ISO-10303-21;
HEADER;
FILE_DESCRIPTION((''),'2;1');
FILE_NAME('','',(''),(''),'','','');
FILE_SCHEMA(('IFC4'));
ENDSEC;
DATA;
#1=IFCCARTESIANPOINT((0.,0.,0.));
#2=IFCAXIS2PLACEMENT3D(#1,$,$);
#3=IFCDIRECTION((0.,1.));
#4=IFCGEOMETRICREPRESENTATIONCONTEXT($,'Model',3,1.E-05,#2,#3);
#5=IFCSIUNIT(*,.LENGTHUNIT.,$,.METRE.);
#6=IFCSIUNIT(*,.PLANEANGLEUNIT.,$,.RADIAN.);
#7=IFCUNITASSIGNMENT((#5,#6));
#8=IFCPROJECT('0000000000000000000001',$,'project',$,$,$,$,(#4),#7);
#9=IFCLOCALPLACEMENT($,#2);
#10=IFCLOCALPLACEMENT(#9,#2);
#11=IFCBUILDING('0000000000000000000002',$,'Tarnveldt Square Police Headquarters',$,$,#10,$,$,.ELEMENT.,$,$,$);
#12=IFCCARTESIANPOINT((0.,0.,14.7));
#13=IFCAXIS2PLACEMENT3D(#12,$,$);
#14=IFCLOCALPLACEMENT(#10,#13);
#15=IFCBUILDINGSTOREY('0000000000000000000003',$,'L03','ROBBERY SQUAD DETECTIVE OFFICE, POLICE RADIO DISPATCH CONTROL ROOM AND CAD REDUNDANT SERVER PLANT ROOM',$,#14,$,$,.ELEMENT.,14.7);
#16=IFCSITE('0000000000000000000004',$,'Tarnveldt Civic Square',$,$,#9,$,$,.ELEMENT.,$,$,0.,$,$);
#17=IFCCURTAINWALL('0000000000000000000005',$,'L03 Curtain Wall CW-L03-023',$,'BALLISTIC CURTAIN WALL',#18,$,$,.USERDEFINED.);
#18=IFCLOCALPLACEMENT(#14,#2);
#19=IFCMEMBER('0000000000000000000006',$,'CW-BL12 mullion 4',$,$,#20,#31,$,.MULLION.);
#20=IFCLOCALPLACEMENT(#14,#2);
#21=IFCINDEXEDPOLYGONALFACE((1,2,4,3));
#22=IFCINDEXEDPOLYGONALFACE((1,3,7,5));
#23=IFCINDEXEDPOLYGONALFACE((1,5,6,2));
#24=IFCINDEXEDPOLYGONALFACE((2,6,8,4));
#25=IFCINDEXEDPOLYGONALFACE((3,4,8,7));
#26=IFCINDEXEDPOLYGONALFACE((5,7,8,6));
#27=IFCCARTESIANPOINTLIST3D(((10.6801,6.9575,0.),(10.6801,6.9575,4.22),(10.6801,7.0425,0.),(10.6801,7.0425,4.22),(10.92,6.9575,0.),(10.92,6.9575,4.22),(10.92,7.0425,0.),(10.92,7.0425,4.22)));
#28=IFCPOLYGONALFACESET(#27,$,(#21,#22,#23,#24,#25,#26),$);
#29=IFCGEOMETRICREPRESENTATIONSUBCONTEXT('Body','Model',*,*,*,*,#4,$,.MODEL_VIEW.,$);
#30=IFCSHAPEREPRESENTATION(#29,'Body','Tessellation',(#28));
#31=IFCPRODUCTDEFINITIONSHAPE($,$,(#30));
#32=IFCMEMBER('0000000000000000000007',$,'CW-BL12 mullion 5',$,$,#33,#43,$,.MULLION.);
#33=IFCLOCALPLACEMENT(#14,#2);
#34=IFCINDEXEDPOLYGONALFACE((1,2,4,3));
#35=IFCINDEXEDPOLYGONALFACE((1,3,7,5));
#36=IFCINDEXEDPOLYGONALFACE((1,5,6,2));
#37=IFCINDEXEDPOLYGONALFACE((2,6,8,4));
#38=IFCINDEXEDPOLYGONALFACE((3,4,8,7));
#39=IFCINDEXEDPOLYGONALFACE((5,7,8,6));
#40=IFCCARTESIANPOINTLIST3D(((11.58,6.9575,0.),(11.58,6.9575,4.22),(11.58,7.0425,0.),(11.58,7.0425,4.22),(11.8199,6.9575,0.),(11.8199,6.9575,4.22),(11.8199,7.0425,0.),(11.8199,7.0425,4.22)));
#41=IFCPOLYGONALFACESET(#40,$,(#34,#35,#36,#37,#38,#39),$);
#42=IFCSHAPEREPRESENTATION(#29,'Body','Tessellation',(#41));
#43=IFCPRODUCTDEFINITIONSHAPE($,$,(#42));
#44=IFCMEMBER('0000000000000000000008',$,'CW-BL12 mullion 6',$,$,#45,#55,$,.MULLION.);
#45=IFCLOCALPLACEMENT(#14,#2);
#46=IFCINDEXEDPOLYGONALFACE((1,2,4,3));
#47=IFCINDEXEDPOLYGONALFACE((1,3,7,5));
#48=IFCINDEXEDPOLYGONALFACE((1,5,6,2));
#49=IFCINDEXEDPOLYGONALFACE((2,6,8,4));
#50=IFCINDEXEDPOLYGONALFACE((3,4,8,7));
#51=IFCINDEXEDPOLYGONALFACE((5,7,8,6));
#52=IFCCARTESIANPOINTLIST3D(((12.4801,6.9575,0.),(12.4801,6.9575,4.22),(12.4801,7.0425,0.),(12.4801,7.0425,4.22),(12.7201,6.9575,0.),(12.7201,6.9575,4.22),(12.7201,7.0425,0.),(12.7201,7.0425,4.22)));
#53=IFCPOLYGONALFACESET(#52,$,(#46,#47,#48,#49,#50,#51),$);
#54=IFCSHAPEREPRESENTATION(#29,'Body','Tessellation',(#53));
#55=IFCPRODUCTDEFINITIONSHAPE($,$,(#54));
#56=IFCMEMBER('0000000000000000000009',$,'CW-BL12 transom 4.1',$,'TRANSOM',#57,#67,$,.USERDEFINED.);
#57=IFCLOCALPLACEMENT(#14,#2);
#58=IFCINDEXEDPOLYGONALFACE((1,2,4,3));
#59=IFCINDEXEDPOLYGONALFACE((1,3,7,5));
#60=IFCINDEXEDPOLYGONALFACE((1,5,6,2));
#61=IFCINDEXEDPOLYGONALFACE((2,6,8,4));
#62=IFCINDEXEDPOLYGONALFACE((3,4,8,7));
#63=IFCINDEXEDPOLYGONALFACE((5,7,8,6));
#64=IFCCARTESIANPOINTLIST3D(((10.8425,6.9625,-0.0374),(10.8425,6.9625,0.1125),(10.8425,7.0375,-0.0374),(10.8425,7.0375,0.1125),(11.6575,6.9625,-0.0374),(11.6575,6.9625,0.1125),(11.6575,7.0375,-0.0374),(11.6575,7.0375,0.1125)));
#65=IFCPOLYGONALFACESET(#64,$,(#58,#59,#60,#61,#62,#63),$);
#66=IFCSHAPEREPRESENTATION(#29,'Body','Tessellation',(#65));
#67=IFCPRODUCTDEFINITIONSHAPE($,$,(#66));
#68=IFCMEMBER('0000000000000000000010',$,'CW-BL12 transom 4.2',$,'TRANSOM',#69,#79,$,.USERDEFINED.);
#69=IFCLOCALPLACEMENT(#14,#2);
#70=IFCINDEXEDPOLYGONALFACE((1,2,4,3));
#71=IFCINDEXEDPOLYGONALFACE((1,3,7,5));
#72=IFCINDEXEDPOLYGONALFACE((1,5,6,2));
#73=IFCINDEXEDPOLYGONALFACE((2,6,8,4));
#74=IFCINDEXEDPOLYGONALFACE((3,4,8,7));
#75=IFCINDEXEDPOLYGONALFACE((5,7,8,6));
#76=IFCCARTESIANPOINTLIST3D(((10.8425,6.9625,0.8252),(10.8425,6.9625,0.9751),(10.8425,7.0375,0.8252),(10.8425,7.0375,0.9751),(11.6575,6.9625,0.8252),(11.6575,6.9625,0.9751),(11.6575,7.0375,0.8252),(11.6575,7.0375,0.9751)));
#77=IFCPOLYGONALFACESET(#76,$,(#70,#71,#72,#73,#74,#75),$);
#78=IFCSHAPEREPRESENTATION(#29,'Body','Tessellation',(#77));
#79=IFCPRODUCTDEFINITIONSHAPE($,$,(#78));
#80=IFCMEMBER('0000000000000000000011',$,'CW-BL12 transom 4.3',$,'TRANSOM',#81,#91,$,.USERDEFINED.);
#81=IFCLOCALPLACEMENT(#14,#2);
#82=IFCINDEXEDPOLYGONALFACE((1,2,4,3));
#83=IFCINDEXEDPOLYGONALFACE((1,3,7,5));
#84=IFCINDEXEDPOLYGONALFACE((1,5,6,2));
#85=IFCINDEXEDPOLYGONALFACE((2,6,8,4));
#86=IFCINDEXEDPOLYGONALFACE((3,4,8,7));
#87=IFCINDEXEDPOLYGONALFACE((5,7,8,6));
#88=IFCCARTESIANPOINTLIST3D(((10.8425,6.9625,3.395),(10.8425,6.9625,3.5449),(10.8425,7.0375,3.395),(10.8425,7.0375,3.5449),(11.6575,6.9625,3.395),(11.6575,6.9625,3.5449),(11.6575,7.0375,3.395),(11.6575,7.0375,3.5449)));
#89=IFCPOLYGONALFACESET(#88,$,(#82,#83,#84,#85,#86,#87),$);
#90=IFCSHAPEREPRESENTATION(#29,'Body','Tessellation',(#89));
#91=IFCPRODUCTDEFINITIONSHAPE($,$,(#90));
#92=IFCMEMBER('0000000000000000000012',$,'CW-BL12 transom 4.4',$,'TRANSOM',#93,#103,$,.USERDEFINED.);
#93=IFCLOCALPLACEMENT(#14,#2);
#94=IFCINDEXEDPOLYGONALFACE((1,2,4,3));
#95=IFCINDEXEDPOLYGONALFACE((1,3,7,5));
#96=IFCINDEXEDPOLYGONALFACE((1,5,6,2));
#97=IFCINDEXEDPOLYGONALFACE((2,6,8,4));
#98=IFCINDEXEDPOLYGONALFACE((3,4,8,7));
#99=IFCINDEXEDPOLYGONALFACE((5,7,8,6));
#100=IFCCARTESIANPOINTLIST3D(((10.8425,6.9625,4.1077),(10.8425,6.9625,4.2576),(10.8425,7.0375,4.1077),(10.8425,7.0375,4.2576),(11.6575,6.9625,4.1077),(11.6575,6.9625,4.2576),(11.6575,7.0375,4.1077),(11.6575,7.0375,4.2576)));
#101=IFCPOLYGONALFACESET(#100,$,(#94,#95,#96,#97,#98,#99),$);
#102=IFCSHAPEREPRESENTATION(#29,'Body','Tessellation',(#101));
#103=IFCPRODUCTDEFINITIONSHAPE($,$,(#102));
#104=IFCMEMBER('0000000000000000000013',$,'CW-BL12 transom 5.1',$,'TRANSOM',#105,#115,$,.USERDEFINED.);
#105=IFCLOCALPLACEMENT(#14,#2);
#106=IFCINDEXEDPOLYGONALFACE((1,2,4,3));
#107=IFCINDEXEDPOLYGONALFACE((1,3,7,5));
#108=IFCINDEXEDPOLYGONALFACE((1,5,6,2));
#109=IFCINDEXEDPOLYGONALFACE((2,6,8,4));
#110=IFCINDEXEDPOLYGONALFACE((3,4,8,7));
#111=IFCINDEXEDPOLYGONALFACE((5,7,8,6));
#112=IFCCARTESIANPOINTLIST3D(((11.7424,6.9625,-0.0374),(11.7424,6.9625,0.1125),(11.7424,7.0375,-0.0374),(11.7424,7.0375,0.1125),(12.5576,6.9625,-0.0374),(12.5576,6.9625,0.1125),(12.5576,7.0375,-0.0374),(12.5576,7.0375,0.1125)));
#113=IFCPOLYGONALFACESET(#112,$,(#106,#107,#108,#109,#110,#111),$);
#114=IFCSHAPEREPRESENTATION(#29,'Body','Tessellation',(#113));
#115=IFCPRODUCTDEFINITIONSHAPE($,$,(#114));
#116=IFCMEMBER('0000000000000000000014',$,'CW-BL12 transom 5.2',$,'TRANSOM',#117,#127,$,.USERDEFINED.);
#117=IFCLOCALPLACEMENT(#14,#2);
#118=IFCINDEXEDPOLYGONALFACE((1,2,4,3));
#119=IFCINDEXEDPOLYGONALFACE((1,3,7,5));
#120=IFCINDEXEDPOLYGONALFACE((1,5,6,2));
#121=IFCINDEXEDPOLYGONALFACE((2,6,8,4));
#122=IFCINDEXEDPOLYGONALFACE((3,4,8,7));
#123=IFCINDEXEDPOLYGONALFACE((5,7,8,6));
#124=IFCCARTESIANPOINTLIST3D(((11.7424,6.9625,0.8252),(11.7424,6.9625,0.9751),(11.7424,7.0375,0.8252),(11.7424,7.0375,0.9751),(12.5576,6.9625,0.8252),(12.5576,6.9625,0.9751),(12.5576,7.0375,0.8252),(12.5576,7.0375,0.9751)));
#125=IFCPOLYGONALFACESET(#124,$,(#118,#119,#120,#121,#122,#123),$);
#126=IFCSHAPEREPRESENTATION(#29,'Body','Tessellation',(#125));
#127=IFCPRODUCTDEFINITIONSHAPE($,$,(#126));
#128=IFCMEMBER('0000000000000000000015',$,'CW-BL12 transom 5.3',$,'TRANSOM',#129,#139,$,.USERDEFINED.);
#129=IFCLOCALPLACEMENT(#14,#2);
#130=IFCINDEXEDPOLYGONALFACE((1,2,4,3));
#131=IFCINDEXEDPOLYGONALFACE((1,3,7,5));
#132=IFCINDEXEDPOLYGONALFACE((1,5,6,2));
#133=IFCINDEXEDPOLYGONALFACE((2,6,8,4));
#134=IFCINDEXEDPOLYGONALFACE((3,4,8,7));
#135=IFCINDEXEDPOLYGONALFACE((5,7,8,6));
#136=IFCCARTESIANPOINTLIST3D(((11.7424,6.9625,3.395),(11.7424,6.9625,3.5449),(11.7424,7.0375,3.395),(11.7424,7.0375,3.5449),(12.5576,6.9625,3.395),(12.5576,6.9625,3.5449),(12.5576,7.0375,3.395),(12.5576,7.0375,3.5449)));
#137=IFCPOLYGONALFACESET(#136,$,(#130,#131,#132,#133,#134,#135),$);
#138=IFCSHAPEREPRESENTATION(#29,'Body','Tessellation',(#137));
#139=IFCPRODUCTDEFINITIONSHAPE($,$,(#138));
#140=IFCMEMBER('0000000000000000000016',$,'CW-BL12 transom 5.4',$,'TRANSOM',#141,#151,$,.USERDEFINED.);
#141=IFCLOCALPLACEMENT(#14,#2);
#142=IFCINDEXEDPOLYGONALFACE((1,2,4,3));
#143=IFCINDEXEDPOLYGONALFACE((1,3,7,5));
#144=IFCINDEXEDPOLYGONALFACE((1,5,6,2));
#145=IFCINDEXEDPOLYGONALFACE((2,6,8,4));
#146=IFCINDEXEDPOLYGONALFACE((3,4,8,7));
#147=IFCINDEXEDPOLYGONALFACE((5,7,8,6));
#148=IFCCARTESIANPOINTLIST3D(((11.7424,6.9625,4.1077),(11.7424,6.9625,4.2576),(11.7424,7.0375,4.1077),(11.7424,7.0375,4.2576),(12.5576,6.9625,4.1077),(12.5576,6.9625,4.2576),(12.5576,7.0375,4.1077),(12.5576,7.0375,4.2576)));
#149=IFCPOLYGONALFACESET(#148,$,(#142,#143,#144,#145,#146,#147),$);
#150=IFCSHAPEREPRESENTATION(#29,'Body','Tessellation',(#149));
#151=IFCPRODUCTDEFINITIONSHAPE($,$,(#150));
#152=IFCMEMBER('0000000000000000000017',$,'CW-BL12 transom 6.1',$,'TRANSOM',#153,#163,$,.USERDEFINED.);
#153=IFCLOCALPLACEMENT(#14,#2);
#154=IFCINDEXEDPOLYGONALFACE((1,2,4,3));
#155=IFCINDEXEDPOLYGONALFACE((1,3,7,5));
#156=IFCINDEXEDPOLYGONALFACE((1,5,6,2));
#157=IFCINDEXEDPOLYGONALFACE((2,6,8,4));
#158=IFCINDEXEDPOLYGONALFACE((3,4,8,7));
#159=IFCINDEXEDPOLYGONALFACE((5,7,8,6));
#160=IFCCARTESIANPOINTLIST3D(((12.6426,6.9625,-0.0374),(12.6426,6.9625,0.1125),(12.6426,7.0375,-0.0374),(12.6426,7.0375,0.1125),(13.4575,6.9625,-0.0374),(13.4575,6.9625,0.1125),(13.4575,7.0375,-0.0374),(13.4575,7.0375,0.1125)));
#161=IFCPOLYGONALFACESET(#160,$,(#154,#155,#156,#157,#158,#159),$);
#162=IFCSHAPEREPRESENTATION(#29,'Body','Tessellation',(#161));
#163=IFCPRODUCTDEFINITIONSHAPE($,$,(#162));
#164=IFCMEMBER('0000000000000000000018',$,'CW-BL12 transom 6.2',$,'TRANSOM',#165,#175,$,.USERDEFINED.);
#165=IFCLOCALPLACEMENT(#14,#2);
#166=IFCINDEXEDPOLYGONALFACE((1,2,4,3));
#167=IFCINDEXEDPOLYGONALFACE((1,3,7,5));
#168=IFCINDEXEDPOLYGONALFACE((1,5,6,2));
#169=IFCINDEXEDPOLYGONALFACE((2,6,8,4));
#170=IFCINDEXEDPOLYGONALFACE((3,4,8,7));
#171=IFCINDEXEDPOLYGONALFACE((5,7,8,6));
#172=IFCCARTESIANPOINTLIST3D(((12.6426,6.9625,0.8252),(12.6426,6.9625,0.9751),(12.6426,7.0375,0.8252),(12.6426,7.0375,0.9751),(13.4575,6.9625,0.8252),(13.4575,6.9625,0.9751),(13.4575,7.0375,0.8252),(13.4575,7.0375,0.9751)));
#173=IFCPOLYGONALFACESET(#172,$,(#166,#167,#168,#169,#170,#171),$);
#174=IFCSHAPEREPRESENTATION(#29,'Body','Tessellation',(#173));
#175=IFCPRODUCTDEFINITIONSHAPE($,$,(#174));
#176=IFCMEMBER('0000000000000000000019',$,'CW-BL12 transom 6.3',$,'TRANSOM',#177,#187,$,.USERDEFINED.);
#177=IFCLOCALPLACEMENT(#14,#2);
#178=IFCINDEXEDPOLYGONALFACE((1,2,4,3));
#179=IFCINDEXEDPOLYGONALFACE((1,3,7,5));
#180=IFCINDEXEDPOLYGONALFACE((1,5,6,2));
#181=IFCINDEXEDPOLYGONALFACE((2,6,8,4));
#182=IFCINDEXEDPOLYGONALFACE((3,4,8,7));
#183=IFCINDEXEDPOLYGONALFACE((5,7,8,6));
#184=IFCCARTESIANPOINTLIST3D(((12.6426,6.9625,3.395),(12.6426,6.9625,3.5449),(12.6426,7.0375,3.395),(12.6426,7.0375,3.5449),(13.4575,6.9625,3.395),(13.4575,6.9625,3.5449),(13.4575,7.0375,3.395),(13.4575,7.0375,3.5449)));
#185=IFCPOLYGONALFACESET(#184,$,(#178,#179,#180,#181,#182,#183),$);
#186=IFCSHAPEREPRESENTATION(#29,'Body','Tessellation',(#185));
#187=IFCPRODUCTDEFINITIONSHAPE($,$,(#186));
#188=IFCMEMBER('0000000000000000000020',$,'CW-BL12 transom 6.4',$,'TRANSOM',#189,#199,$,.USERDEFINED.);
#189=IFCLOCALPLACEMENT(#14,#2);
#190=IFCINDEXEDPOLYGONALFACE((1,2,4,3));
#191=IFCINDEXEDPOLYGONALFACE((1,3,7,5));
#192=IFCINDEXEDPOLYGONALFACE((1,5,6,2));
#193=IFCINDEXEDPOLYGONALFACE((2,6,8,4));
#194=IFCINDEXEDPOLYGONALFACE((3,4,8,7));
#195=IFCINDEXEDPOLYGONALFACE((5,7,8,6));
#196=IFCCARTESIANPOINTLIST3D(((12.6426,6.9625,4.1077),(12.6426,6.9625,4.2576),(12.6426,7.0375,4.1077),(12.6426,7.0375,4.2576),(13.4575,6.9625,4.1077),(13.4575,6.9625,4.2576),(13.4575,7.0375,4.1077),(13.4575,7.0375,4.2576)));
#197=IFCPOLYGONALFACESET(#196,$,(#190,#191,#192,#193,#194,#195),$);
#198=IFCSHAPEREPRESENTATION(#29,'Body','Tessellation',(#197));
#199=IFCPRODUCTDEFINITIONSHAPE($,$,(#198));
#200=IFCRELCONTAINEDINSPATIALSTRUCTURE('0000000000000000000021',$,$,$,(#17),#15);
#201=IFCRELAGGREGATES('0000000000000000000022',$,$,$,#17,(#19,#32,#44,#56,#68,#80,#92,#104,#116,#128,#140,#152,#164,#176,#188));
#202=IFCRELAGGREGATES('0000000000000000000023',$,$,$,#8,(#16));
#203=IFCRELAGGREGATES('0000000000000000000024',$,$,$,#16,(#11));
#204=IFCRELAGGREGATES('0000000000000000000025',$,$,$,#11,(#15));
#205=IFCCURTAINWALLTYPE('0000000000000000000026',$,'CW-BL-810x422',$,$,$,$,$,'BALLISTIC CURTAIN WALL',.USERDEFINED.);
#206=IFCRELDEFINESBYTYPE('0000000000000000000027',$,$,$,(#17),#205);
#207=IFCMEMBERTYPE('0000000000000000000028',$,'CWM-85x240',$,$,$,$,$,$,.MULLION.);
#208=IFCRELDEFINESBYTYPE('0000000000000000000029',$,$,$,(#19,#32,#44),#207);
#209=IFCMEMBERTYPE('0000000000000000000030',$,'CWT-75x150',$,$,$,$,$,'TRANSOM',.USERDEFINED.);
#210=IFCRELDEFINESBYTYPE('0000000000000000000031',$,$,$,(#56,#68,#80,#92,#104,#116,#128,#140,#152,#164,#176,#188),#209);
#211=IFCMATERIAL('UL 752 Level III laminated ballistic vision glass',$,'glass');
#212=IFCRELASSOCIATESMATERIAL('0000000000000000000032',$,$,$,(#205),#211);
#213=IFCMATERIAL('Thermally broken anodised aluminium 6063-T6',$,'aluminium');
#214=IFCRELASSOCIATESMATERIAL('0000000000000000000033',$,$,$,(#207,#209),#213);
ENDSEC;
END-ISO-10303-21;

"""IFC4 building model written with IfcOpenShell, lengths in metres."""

from ifc_helpers import new_model, si_unit, direction, frame, origin, origin_2d, place, context, subcontext, project, spatial, rectangle, extrude, material, material_profile, profile_set, type_object, element, aggregate, save


model = new_model("IFC4")

# Units and contexts
model_context = context("Model", 3, precision=1e-05, world=origin(), true_north=direction((0.0, 1.0)))
body_context = subcontext(model_context, "Body", "Model", "MODEL_VIEW")
ifc_project = project(units=[si_unit("LENGTHUNIT", "METRE"), si_unit("PLANEANGLEUNIT", "RADIAN")], contexts=[model_context])

# Site, building, storey
site_placement = place(None, origin())
site = spatial("IfcSite", under=ifc_project, at=site_placement, Name="Tarnveldt Civic Square", CompositionType="ELEMENT", RefElevation=0.0)
building_placement = place(site_placement, origin())
building = spatial("IfcBuilding", under=site, at=building_placement, Name="Tarnveldt Square Police Headquarters", CompositionType="ELEMENT")
storey_placement = place(building_placement, frame((0.0, 0.0, 14.7)))
storey = spatial("IfcBuildingStorey", under=building, at=storey_placement, Name="L03", Description="ROBBERY SQUAD DETECTIVE OFFICE, POLICE RADIO DISPATCH CONTROL ROOM AND CAD REDUNDANT SERVER PLANT ROOM", CompositionType="ELEMENT", Elevation=14.7)

# Curtain wall, members
ifc_material_1 = material(Name="UL 752 Level III laminated ballistic vision glass", Category="glass")
curtain_wall_type_1 = type_object("IfcCurtainWallType", Name="CW-BL-810x422", ElementType="BALLISTIC CURTAIN WALL", PredefinedType="USERDEFINED", material=ifc_material_1)
curtain_wall_1_placement = place(storey_placement, origin())
curtain_wall_1 = element("IfcCurtainWall", 1, at=curtain_wall_1_placement, inside=storey, type_object=curtain_wall_type_1, Name="L03 Curtain Wall CW-L03-023", ObjectType="BALLISTIC CURTAIN WALL", PredefinedType="USERDEFINED")
ifc_material_2 = material(Name="Thermally broken anodised aluminium 6063-T6", Category="aluminium")
ifc_material_profile_1 = material_profile(ifc_material_2, rectangle(XDim=0.085, YDim=0.24, at=origin_2d()), Name="CW-M85x240")
ifc_profile_set_1 = profile_set([ifc_material_profile_1], Name="Thermally broken anodised aluminium 6063-T6")
member_type_1 = type_object("IfcMemberType", Name="CWM-85x240", PredefinedType="MULLION", material=ifc_profile_set_1)
member_1_placement = place(storey_placement, frame((10.8, 7.0, 0.0), z_axis=(0.0, 0.0, 1.0), x_axis=(0.0, 1.0, 0.0)))
member_1 = element("IfcMember", 2, at=member_1_placement, type_object=member_type_1, Name="CW-BL12 mullion 4", PredefinedType="MULLION", context=body_context, shape_type="SweptSolid", body=[
    extrude(rectangle(XDim=0.085, YDim=0.24, at=origin_2d()), origin(), (0.0, 0.0, 1.0), 4.22),
])
member_2_placement = place(storey_placement, frame((11.7, 7.0, 0.0), z_axis=(0.0, 0.0, 1.0), x_axis=(0.0, 1.0, 0.0)))
member_2 = element("IfcMember", 3, at=member_2_placement, type_object=member_type_1, Name="CW-BL12 mullion 5", PredefinedType="MULLION", context=body_context, shape_type="SweptSolid", body=[
    extrude(rectangle(XDim=0.085, YDim=0.24, at=origin_2d()), origin(), (0.0, 0.0, 1.0), 4.22),
])
member_3_placement = place(storey_placement, frame((12.6001, 7.0, 0.0), z_axis=(0.0, 0.0, 1.0), x_axis=(0.0, 1.0, 0.0)))
member_3 = element("IfcMember", 4, at=member_3_placement, type_object=member_type_1, Name="CW-BL12 mullion 6", PredefinedType="MULLION", context=body_context, shape_type="SweptSolid", body=[
    extrude(rectangle(XDim=0.085, YDim=0.24, at=origin_2d()), origin(), (0.0, 0.0, 1.0), 4.22),
])
ifc_material_profile_2 = material_profile(ifc_material_2, rectangle(XDim=0.075, YDim=0.1499, at=origin_2d()), Name="CW-T75x150")
ifc_profile_set_2 = profile_set([ifc_material_profile_2], Name="Thermally broken anodised aluminium 6063-T6")
member_type_2 = type_object("IfcMemberType", Name="CWT-75x150", ElementType="TRANSOM", PredefinedType="USERDEFINED", material=ifc_profile_set_2)
member_4_placement = place(storey_placement, frame((10.8425, 7.0, 0.0376), z_axis=(1.0, 0.0, 0.0), x_axis=(0.0, 1.0, 0.0)))
member_4 = element("IfcMember", 5, at=member_4_placement, type_object=member_type_2, Name="CW-BL12 transom 4.1", ObjectType="TRANSOM", PredefinedType="USERDEFINED", context=body_context, shape_type="SweptSolid", body=[
    extrude(rectangle(XDim=0.075, YDim=0.1499, at=origin_2d()), origin(), (0.0, 0.0, 1.0), 0.8149),
])
member_5_placement = place(storey_placement, frame((10.8425, 7.0, 0.9001), z_axis=(1.0, 0.0, 0.0), x_axis=(0.0, 1.0, 0.0)))
member_5 = element("IfcMember", 6, at=member_5_placement, type_object=member_type_2, Name="CW-BL12 transom 4.2", ObjectType="TRANSOM", PredefinedType="USERDEFINED", context=body_context, shape_type="SweptSolid", body=[
    extrude(rectangle(XDim=0.075, YDim=0.1499, at=origin_2d()), origin(), (0.0, 0.0, 1.0), 0.8149),
])
member_6_placement = place(storey_placement, frame((10.8425, 7.0, 3.47), z_axis=(1.0, 0.0, 0.0), x_axis=(0.0, 1.0, 0.0)))
member_6 = element("IfcMember", 7, at=member_6_placement, type_object=member_type_2, Name="CW-BL12 transom 4.3", ObjectType="TRANSOM", PredefinedType="USERDEFINED", context=body_context, shape_type="SweptSolid", body=[
    extrude(rectangle(XDim=0.075, YDim=0.1499, at=origin_2d()), origin(), (0.0, 0.0, 1.0), 0.8149),
])
member_7_placement = place(storey_placement, frame((10.8425, 7.0, 4.1826), z_axis=(1.0, 0.0, 0.0), x_axis=(0.0, 1.0, 0.0)))
member_7 = element("IfcMember", 8, at=member_7_placement, type_object=member_type_2, Name="CW-BL12 transom 4.4", ObjectType="TRANSOM", PredefinedType="USERDEFINED", context=body_context, shape_type="SweptSolid", body=[
    extrude(rectangle(XDim=0.075, YDim=0.1499, at=origin_2d()), origin(), (0.0, 0.0, 1.0), 0.8149),
])
member_8_placement = place(storey_placement, frame((11.7424, 7.0, 0.0376), z_axis=(1.0, 0.0, 0.0), x_axis=(0.0, 1.0, 0.0)))
member_8 = element("IfcMember", 9, at=member_8_placement, type_object=member_type_2, Name="CW-BL12 transom 5.1", ObjectType="TRANSOM", PredefinedType="USERDEFINED", context=body_context, shape_type="SweptSolid", body=[
    extrude(rectangle(XDim=0.075, YDim=0.1499, at=origin_2d()), origin(), (0.0, 0.0, 1.0), 0.8152),
])
member_9_placement = place(storey_placement, frame((11.7424, 7.0, 0.9001), z_axis=(1.0, 0.0, 0.0), x_axis=(0.0, 1.0, 0.0)))
member_9 = element("IfcMember", 10, at=member_9_placement, type_object=member_type_2, Name="CW-BL12 transom 5.2", ObjectType="TRANSOM", PredefinedType="USERDEFINED", context=body_context, shape_type="SweptSolid", body=[
    extrude(rectangle(XDim=0.075, YDim=0.1499, at=origin_2d()), origin(), (0.0, 0.0, 1.0), 0.8152),
])
member_10_placement = place(storey_placement, frame((11.7424, 7.0, 3.47), z_axis=(1.0, 0.0, 0.0), x_axis=(0.0, 1.0, 0.0)))
member_10 = element("IfcMember", 11, at=member_10_placement, type_object=member_type_2, Name="CW-BL12 transom 5.3", ObjectType="TRANSOM", PredefinedType="USERDEFINED", context=body_context, shape_type="SweptSolid", body=[
    extrude(rectangle(XDim=0.075, YDim=0.1499, at=origin_2d()), origin(), (0.0, 0.0, 1.0), 0.8152),
])
member_11_placement = place(storey_placement, frame((11.7424, 7.0, 4.1826), z_axis=(1.0, 0.0, 0.0), x_axis=(0.0, 1.0, 0.0)))
member_11 = element("IfcMember", 12, at=member_11_placement, type_object=member_type_2, Name="CW-BL12 transom 5.4", ObjectType="TRANSOM", PredefinedType="USERDEFINED", context=body_context, shape_type="SweptSolid", body=[
    extrude(rectangle(XDim=0.075, YDim=0.1499, at=origin_2d()), origin(), (0.0, 0.0, 1.0), 0.8152),
])
member_12_placement = place(storey_placement, frame((12.6426, 7.0, 0.0376), z_axis=(1.0, 0.0, 0.0), x_axis=(0.0, 1.0, 0.0)))
member_12 = element("IfcMember", 13, at=member_12_placement, type_object=member_type_2, Name="CW-BL12 transom 6.1", ObjectType="TRANSOM", PredefinedType="USERDEFINED", context=body_context, shape_type="SweptSolid", body=[
    extrude(rectangle(XDim=0.075, YDim=0.1499, at=origin_2d()), origin(), (0.0, 0.0, 1.0), 0.8149),
])
member_13_placement = place(storey_placement, frame((12.6426, 7.0, 0.9001), z_axis=(1.0, 0.0, 0.0), x_axis=(0.0, 1.0, 0.0)))
member_13 = element("IfcMember", 14, at=member_13_placement, type_object=member_type_2, Name="CW-BL12 transom 6.2", ObjectType="TRANSOM", PredefinedType="USERDEFINED", context=body_context, shape_type="SweptSolid", body=[
    extrude(rectangle(XDim=0.075, YDim=0.1499, at=origin_2d()), origin(), (0.0, 0.0, 1.0), 0.8149),
])
member_14_placement = place(storey_placement, frame((12.6426, 7.0, 3.47), z_axis=(1.0, 0.0, 0.0), x_axis=(0.0, 1.0, 0.0)))
member_14 = element("IfcMember", 15, at=member_14_placement, type_object=member_type_2, Name="CW-BL12 transom 6.3", ObjectType="TRANSOM", PredefinedType="USERDEFINED", context=body_context, shape_type="SweptSolid", body=[
    extrude(rectangle(XDim=0.075, YDim=0.1499, at=origin_2d()), origin(), (0.0, 0.0, 1.0), 0.8149),
])
member_15_placement = place(storey_placement, frame((12.6426, 7.0, 4.1826), z_axis=(1.0, 0.0, 0.0), x_axis=(0.0, 1.0, 0.0)))
member_15 = element("IfcMember", 16, at=member_15_placement, type_object=member_type_2, Name="CW-BL12 transom 6.4", ObjectType="TRANSOM", PredefinedType="USERDEFINED", context=body_context, shape_type="SweptSolid", body=[
    extrude(rectangle(XDim=0.075, YDim=0.1499, at=origin_2d()), origin(), (0.0, 0.0, 1.0), 0.8149),
])

aggregate(curtain_wall_1, [member_1, member_2, member_3, member_4, member_5, member_6, member_7, member_8, member_9, member_10, member_11, member_12, member_13, member_14, member_15])

save(model, "model.ifc")
